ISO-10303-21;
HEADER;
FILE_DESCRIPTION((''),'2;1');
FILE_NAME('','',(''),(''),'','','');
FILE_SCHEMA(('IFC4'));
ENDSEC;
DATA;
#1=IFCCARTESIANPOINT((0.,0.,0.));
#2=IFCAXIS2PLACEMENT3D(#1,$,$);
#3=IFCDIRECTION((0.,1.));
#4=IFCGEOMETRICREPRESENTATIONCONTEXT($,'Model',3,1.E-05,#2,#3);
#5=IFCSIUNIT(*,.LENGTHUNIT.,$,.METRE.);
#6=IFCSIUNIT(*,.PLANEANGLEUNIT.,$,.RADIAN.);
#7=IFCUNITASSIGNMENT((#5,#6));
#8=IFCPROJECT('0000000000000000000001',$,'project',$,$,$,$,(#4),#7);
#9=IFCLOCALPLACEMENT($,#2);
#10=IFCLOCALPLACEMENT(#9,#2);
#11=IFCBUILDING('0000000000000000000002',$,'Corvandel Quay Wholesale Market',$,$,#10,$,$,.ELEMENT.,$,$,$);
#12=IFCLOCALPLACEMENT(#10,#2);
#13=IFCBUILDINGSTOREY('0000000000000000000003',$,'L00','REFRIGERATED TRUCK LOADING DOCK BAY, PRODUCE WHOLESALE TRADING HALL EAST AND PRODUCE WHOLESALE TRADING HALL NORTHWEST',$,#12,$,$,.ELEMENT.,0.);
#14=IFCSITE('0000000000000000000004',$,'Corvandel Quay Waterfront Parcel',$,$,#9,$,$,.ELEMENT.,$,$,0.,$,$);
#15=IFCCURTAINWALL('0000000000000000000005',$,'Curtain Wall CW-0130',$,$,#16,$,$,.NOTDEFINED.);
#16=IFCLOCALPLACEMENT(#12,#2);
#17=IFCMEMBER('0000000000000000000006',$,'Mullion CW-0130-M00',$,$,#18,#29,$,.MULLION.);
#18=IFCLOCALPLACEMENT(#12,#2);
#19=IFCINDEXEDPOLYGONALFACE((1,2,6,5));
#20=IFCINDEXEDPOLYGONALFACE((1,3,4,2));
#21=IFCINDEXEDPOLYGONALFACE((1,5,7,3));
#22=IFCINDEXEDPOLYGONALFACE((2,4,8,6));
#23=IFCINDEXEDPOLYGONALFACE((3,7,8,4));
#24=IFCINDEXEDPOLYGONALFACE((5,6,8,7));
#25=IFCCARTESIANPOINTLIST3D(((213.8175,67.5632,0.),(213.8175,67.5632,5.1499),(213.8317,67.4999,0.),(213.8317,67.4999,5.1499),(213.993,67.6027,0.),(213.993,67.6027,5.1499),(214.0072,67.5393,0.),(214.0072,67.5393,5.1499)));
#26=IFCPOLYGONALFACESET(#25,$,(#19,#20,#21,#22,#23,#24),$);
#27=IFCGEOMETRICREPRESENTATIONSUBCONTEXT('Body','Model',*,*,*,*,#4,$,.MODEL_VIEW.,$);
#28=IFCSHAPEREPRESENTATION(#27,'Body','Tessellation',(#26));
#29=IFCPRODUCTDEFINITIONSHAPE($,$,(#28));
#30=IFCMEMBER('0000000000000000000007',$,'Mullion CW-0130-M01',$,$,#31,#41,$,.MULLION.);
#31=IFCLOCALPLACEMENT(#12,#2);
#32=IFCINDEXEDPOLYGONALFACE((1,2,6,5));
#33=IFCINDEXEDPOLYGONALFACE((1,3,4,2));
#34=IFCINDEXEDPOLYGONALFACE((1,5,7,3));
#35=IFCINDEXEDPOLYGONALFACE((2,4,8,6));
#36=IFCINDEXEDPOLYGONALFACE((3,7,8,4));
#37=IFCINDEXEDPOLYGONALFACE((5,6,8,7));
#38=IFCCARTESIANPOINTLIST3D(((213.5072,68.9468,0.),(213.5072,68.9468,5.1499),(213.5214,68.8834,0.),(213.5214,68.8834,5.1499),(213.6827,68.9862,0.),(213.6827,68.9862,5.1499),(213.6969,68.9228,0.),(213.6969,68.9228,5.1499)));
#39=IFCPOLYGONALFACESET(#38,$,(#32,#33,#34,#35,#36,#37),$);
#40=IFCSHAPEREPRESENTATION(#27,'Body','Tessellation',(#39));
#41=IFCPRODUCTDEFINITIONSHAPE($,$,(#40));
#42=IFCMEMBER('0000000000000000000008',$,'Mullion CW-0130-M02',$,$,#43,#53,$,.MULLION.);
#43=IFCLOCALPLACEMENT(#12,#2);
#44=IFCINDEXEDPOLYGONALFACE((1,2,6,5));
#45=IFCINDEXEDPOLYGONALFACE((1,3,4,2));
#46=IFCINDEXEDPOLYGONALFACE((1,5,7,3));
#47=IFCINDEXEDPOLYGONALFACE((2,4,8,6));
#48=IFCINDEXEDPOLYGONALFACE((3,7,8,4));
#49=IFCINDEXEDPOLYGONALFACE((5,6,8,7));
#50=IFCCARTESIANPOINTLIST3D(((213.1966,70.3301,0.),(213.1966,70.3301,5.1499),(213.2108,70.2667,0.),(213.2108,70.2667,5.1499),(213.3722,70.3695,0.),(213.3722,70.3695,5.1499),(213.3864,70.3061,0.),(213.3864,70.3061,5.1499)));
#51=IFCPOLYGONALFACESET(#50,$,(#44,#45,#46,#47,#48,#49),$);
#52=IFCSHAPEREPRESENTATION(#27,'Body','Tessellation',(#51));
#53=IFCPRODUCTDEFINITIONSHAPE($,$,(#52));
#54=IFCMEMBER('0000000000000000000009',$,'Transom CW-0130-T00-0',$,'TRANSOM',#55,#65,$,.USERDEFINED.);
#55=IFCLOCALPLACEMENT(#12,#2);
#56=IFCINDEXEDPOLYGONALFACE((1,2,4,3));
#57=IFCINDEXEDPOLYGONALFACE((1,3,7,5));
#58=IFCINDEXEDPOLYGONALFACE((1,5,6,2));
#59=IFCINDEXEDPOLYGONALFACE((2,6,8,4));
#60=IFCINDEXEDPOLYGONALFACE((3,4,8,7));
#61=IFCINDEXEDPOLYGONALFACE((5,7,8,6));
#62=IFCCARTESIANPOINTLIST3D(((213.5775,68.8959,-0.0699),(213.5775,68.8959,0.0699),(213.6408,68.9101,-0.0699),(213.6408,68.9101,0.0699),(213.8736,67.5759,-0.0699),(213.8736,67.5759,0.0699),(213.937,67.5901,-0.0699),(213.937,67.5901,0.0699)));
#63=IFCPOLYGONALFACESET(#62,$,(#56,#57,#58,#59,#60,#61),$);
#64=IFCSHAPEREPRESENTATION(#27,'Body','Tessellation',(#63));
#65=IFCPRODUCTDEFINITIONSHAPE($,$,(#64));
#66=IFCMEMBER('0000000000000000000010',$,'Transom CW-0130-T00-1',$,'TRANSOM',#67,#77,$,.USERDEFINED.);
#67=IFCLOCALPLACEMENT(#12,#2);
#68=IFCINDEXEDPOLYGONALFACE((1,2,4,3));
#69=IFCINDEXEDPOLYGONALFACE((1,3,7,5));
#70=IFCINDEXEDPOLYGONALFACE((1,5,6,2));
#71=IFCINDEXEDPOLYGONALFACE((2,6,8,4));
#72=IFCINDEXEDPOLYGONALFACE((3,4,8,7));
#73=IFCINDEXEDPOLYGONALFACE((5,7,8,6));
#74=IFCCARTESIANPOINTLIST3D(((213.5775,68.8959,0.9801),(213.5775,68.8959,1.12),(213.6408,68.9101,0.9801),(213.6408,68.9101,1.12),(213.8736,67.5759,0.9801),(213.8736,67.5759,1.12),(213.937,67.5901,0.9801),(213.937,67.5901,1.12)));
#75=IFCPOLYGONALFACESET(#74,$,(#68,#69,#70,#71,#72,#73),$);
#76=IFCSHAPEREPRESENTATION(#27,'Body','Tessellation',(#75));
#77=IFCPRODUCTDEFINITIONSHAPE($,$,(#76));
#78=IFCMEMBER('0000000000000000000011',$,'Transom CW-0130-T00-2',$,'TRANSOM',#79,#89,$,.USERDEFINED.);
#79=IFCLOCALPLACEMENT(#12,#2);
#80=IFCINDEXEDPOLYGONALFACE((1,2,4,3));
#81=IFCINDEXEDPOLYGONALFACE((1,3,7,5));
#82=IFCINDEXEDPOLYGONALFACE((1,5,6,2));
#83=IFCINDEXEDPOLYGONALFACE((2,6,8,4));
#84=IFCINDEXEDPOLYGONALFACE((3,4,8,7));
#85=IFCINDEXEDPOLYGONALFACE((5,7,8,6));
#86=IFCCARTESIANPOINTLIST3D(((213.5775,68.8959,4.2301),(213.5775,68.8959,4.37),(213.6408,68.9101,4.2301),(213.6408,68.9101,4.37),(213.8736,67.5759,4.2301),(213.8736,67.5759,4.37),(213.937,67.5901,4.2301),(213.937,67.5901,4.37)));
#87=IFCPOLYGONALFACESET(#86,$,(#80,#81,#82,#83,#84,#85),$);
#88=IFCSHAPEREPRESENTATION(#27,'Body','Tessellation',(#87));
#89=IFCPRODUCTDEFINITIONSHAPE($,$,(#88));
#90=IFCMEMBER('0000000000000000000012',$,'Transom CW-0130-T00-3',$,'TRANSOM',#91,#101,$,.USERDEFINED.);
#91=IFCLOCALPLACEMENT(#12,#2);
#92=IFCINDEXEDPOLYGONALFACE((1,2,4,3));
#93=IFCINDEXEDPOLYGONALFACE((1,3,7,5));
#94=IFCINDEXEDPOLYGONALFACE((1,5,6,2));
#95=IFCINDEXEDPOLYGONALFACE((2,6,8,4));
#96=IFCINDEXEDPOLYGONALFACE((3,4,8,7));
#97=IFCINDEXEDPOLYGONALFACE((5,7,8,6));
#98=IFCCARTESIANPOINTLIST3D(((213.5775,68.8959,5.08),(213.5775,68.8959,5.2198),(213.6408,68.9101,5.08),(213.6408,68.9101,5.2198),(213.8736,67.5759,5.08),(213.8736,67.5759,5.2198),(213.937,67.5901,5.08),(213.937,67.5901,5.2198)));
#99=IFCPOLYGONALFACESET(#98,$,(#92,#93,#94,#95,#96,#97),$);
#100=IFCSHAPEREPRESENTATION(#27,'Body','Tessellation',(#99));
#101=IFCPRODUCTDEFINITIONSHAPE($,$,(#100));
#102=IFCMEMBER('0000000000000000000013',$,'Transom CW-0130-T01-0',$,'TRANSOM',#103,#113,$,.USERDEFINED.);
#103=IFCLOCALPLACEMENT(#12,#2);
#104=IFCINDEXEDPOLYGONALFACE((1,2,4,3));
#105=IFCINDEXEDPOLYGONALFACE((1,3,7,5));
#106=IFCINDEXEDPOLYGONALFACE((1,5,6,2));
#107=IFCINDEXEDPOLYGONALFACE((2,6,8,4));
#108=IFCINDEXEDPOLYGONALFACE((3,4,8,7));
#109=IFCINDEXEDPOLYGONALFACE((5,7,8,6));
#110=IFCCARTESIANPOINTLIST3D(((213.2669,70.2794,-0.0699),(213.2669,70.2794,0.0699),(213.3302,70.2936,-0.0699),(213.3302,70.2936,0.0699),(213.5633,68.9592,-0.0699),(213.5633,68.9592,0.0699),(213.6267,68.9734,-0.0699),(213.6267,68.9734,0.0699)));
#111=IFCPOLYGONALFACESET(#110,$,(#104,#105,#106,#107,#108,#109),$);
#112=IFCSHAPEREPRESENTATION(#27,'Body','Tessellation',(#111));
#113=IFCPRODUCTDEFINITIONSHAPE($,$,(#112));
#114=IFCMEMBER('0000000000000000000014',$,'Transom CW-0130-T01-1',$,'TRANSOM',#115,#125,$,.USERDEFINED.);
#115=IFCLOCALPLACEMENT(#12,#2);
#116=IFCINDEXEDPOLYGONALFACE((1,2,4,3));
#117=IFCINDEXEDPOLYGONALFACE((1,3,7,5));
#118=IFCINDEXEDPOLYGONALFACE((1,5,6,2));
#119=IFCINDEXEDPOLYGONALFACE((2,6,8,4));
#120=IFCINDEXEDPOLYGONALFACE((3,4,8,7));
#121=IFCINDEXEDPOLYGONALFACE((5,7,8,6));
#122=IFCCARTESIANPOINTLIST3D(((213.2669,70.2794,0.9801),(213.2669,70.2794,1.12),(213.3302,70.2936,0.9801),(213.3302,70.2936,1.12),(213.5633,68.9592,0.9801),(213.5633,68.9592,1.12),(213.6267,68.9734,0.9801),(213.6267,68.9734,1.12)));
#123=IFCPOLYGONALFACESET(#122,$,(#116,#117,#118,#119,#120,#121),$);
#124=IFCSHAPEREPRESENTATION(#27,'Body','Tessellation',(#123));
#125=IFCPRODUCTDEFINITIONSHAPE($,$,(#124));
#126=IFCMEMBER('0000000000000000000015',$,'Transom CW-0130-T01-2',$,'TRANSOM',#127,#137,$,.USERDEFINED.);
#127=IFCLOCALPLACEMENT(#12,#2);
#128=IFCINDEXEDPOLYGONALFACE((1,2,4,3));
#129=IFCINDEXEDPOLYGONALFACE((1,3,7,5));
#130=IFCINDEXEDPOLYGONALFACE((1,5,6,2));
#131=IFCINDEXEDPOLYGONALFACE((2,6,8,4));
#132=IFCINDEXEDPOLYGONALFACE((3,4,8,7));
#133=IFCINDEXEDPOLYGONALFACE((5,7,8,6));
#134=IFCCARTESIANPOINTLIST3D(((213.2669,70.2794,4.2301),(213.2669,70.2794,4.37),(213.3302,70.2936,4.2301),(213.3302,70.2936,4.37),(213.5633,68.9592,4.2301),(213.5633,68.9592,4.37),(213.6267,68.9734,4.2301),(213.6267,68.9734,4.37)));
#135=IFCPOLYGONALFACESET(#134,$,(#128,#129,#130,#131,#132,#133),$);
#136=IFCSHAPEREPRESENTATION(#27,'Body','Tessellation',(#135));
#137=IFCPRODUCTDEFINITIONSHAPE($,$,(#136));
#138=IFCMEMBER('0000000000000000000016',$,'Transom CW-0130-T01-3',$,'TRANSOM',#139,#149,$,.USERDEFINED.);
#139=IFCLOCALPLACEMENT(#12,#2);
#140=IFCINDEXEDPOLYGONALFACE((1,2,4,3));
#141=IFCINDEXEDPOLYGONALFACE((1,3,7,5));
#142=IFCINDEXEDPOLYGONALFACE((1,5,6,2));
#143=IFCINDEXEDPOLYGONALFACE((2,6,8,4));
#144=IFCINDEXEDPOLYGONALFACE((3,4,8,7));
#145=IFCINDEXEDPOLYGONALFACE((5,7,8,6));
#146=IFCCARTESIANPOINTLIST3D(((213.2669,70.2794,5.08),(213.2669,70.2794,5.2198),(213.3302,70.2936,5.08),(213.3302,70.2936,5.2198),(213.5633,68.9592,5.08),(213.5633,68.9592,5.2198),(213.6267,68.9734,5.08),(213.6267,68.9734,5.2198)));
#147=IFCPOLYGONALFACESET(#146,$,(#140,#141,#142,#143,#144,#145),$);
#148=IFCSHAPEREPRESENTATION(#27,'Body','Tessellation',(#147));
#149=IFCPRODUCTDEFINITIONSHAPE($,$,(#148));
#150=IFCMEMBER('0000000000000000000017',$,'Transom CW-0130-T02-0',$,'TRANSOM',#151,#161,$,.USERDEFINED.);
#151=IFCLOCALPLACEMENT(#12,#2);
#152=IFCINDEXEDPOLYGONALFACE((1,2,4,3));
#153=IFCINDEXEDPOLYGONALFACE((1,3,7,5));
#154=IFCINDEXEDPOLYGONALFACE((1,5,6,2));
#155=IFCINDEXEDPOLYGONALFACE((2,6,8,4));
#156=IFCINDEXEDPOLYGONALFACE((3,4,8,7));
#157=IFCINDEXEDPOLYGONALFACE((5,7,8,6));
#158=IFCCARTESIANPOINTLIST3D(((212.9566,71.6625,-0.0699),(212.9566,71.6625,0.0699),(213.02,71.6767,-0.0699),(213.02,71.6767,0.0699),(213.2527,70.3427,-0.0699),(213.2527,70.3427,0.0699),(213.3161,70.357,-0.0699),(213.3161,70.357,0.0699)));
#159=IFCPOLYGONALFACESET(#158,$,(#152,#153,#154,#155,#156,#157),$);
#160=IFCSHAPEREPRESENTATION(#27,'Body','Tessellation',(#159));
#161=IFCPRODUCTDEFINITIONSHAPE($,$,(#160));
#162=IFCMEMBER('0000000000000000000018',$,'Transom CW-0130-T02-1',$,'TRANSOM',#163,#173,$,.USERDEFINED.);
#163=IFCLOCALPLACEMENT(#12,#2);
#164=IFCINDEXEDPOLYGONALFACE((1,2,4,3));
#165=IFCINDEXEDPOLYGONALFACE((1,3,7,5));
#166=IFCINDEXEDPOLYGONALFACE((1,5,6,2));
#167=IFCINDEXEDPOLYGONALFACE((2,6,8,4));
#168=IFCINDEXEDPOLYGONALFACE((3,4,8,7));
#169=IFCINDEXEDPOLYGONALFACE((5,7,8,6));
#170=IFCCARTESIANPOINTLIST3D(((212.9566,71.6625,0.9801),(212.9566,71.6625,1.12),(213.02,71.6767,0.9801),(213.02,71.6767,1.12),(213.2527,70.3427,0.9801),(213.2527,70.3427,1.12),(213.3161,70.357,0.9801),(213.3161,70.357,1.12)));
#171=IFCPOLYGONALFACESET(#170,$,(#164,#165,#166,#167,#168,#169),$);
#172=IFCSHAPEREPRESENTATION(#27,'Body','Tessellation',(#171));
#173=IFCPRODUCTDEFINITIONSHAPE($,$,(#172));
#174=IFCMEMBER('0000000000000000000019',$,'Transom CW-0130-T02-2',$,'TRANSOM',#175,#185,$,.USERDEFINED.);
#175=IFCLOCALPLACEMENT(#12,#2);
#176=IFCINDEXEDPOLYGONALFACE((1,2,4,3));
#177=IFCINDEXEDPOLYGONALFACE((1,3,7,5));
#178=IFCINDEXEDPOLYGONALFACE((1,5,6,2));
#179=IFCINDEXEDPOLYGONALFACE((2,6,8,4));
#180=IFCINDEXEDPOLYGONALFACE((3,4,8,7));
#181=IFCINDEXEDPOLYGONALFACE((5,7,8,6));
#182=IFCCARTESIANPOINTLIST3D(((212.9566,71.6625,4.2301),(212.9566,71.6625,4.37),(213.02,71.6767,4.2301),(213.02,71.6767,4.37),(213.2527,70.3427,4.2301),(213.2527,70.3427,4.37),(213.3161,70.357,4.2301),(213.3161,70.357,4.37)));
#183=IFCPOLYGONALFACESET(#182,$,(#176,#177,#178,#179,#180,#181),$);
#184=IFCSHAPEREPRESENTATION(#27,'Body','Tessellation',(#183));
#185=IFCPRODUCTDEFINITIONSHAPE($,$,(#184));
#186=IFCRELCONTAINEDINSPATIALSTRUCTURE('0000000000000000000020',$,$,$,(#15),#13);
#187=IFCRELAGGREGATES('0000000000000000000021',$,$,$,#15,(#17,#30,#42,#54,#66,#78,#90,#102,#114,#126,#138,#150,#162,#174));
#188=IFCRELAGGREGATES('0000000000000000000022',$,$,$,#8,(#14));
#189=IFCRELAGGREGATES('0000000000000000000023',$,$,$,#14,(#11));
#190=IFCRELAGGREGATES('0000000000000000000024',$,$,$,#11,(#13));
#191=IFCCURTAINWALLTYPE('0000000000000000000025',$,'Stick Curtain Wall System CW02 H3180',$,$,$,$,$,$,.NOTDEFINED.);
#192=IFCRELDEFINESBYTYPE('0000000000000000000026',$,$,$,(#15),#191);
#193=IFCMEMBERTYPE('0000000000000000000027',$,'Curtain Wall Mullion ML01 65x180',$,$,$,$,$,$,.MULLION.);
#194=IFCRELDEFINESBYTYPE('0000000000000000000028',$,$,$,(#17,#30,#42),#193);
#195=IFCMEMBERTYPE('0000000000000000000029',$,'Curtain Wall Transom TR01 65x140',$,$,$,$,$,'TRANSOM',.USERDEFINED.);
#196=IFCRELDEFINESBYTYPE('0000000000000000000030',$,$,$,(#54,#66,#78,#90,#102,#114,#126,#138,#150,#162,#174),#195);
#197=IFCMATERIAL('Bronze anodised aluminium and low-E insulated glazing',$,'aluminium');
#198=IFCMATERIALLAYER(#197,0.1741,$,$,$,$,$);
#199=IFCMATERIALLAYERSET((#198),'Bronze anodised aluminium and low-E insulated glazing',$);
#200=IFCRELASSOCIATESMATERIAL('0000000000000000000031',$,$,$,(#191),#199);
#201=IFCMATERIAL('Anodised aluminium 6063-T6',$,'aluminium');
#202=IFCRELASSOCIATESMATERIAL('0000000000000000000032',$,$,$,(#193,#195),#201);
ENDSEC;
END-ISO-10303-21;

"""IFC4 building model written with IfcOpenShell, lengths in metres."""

from ifc_helpers import new_model, si_unit, direction, frame, origin, origin_2d, place, context, subcontext, project, spatial, rectangle, extrude, material, layer, layer_set, material_profile, profile_set, type_object, element, aggregate, save


model = new_model("IFC4")

# Units and contexts
model_context = context("Model", 3, precision=1e-05, world=origin(), true_north=direction((0.0, 1.0)))
body_context = subcontext(model_context, "Body", "Model", "MODEL_VIEW")
ifc_project = project(units=[si_unit("LENGTHUNIT", "METRE"), si_unit("PLANEANGLEUNIT", "RADIAN")], contexts=[model_context])

# Site, building, storey
site_placement = place(None, origin())
site = spatial("IfcSite", under=ifc_project, at=site_placement, Name="Corvandel Quay Waterfront Parcel", CompositionType="ELEMENT", RefElevation=0.0)
building_placement = place(site_placement, origin())
building = spatial("IfcBuilding", under=site, at=building_placement, Name="Corvandel Quay Wholesale Market", CompositionType="ELEMENT")
storey_placement = place(building_placement, origin())
storey = spatial("IfcBuildingStorey", under=building, at=storey_placement, Name="L00", Description="REFRIGERATED TRUCK LOADING DOCK BAY, PRODUCE WHOLESALE TRADING HALL EAST AND PRODUCE WHOLESALE TRADING HALL NORTHWEST", CompositionType="ELEMENT", Elevation=0.0)

# Curtain wall, members
ifc_material_1 = material(Name="Bronze anodised aluminium and low-E insulated glazing", Category="aluminium")
ifc_layer_1 = layer(ifc_material_1, 0.1741)
ifc_layer_set_1 = layer_set([ifc_layer_1], Name="Bronze anodised aluminium and low-E insulated glazing")
curtain_wall_type = type_object("IfcCurtainWallType", Name="Stick Curtain Wall System CW02 H3180", PredefinedType="NOTDEFINED", material=ifc_layer_set_1)
curtain_wall_placement = place(storey_placement, origin())
curtain_wall = element("IfcCurtainWall", 1, at=curtain_wall_placement, inside=storey, type_object=curtain_wall_type, Name="Curtain Wall CW-0130", PredefinedType="NOTDEFINED")
ifc_material_2 = material(Name="Anodised aluminium 6063-T6", Category="aluminium")
ifc_material_profile_1 = material_profile(ifc_material_2, rectangle(XDim=0.0649, YDim=0.1799, at=origin_2d()), Name="ALU-MUL-65x180")
ifc_profile_set_1 = profile_set([ifc_material_profile_1], Name="Anodised aluminium 6063-T6")
member_type_1 = type_object("IfcMemberType", Name="Curtain Wall Mullion ML01 65x180", PredefinedType="MULLION", material=ifc_profile_set_1)
member_1_placement = place(storey_placement, frame((213.9124, 67.5513, 0.0), z_axis=(0.0, 0.0, 1.0), x_axis=(-0.218995, 0.975726, 0.0)))
member_1 = element("IfcMember", 2, at=member_1_placement, type_object=member_type_1, Name="Mullion CW-0130-M00", PredefinedType="MULLION", context=body_context, shape_type="SweptSolid", body=[
    extrude(rectangle(XDim=0.0649, YDim=0.1799, at=origin_2d()), origin(), (0.0, 0.0, 1.0), 5.1499),
])
member_2_placement = place(storey_placement, frame((213.6021, 68.9348, 0.0), z_axis=(0.0, 0.0, 1.0), x_axis=(-0.218995, 0.975726, 0.0)))
member_2 = element("IfcMember", 3, at=member_2_placement, type_object=member_type_1, Name="Mullion CW-0130-M01", PredefinedType="MULLION", context=body_context, shape_type="SweptSolid", body=[
    extrude(rectangle(XDim=0.0649, YDim=0.1799, at=origin_2d()), origin(), (0.0, 0.0, 1.0), 5.1499),
])
member_3_placement = place(storey_placement, frame((213.2915, 70.3181, 0.0), z_axis=(0.0, 0.0, 1.0), x_axis=(-0.218995, 0.975726, 0.0)))
member_3 = element("IfcMember", 4, at=member_3_placement, type_object=member_type_1, Name="Mullion CW-0130-M02", PredefinedType="MULLION", context=body_context, shape_type="SweptSolid", body=[
    extrude(rectangle(XDim=0.0649, YDim=0.1799, at=origin_2d()), origin(), (0.0, 0.0, 1.0), 5.1499),
])
ifc_material_profile_2 = material_profile(ifc_material_2, rectangle(XDim=0.0649, YDim=0.1399, at=origin_2d()), Name="ALU-TRN-65x140")
ifc_profile_set_2 = profile_set([ifc_material_profile_2], Name="Anodised aluminium 6063-T6")
member_type_2 = type_object("IfcMemberType", Name="Curtain Wall Transom TR01 65x140", ElementType="TRANSOM", PredefinedType="USERDEFINED", material=ifc_profile_set_2)
member_4_placement = place(storey_placement, frame((213.9053, 67.583, 0.0), z_axis=(-0.218898, 0.975748, 0.0), x_axis=(-0.975748, -0.218898, 0.0)))
member_4 = element("IfcMember", 5, at=member_4_placement, type_object=member_type_2, Name="Transom CW-0130-T00-0", ObjectType="TRANSOM", PredefinedType="USERDEFINED", context=body_context, shape_type="SweptSolid", body=[
    extrude(rectangle(XDim=0.0649, YDim=0.1399, at=origin_2d()), origin(), (0.0, 0.0, 1.0), 1.3528),
])
member_5_placement = place(storey_placement, frame((213.9053, 67.583, 1.05), z_axis=(-0.218898, 0.975748, 0.0), x_axis=(-0.975748, -0.218898, 0.0)))
member_5 = element("IfcMember", 6, at=member_5_placement, type_object=member_type_2, Name="Transom CW-0130-T00-1", ObjectType="TRANSOM", PredefinedType="USERDEFINED", context=body_context, shape_type="SweptSolid", body=[
    extrude(rectangle(XDim=0.0649, YDim=0.1399, at=origin_2d()), origin(), (0.0, 0.0, 1.0), 1.3528),
])
member_6_placement = place(storey_placement, frame((213.9053, 67.583, 4.3), z_axis=(-0.218898, 0.975748, 0.0), x_axis=(-0.975748, -0.218898, 0.0)))
member_6 = element("IfcMember", 7, at=member_6_placement, type_object=member_type_2, Name="Transom CW-0130-T00-2", ObjectType="TRANSOM", PredefinedType="USERDEFINED", context=body_context, shape_type="SweptSolid", body=[
    extrude(rectangle(XDim=0.0649, YDim=0.1399, at=origin_2d()), origin(), (0.0, 0.0, 1.0), 1.3528),
])
member_7_placement = place(storey_placement, frame((213.9053, 67.583, 5.1499), z_axis=(-0.218898, 0.975748, 0.0), x_axis=(-0.975748, -0.218898, 0.0)))
member_7 = element("IfcMember", 8, at=member_7_placement, type_object=member_type_2, Name="Transom CW-0130-T00-3", ObjectType="TRANSOM", PredefinedType="USERDEFINED", context=body_context, shape_type="SweptSolid", body=[
    extrude(rectangle(XDim=0.0649, YDim=0.1399, at=origin_2d()), origin(), (0.0, 0.0, 1.0), 1.3528),
])
member_8_placement = place(storey_placement, frame((213.595, 68.9663, 0.0), z_axis=(-0.21907, 0.975709, 0.0), x_axis=(-0.975709, -0.21907, 0.0)))
member_8 = element("IfcMember", 9, at=member_8_placement, type_object=member_type_2, Name="Transom CW-0130-T01-0", ObjectType="TRANSOM", PredefinedType="USERDEFINED", context=body_context, shape_type="SweptSolid", body=[
    extrude(rectangle(XDim=0.0649, YDim=0.1399, at=origin_2d()), origin(), (0.0, 0.0, 1.0), 1.353),
])
member_9_placement = place(storey_placement, frame((213.595, 68.9663, 1.05), z_axis=(-0.21907, 0.975709, 0.0), x_axis=(-0.975709, -0.21907, 0.0)))
member_9 = element("IfcMember", 10, at=member_9_placement, type_object=member_type_2, Name="Transom CW-0130-T01-1", ObjectType="TRANSOM", PredefinedType="USERDEFINED", context=body_context, shape_type="SweptSolid", body=[
    extrude(rectangle(XDim=0.0649, YDim=0.1399, at=origin_2d()), origin(), (0.0, 0.0, 1.0), 1.353),
])
member_10_placement = place(storey_placement, frame((213.595, 68.9663, 4.3), z_axis=(-0.21907, 0.975709, 0.0), x_axis=(-0.975709, -0.21907, 0.0)))
member_10 = element("IfcMember", 11, at=member_10_placement, type_object=member_type_2, Name="Transom CW-0130-T01-2", ObjectType="TRANSOM", PredefinedType="USERDEFINED", context=body_context, shape_type="SweptSolid", body=[
    extrude(rectangle(XDim=0.0649, YDim=0.1399, at=origin_2d()), origin(), (0.0, 0.0, 1.0), 1.353),
])
member_11_placement = place(storey_placement, frame((213.595, 68.9663, 5.1499), z_axis=(-0.21907, 0.975709, 0.0), x_axis=(-0.975709, -0.21907, 0.0)))
member_11 = element("IfcMember", 12, at=member_11_placement, type_object=member_type_2, Name="Transom CW-0130-T01-3", ObjectType="TRANSOM", PredefinedType="USERDEFINED", context=body_context, shape_type="SweptSolid", body=[
    extrude(rectangle(XDim=0.0649, YDim=0.1399, at=origin_2d()), origin(), (0.0, 0.0, 1.0), 1.353),
])
member_12_placement = place(storey_placement, frame((213.2844, 70.3499, 0.0), z_axis=(-0.218937, 0.975739, 0.0), x_axis=(-0.975739, -0.218937, 0.0)))
member_12 = element("IfcMember", 13, at=member_12_placement, type_object=member_type_2, Name="Transom CW-0130-T02-0", ObjectType="TRANSOM", PredefinedType="USERDEFINED", context=body_context, shape_type="SweptSolid", body=[
    extrude(rectangle(XDim=0.0649, YDim=0.1399, at=origin_2d()), origin(), (0.0, 0.0, 1.0), 1.3525),
])
member_13_placement = place(storey_placement, frame((213.2844, 70.3499, 1.05), z_axis=(-0.218937, 0.975739, 0.0), x_axis=(-0.975739, -0.218937, 0.0)))
member_13 = element("IfcMember", 14, at=member_13_placement, type_object=member_type_2, Name="Transom CW-0130-T02-1", ObjectType="TRANSOM", PredefinedType="USERDEFINED", context=body_context, shape_type="SweptSolid", body=[
    extrude(rectangle(XDim=0.0649, YDim=0.1399, at=origin_2d()), origin(), (0.0, 0.0, 1.0), 1.3525),
])
member_14_placement = place(storey_placement, frame((213.2844, 70.3499, 4.3), z_axis=(-0.218937, 0.975739, 0.0), x_axis=(-0.975739, -0.218937, 0.0)))
member_14 = element("IfcMember", 15, at=member_14_placement, type_object=member_type_2, Name="Transom CW-0130-T02-2", ObjectType="TRANSOM", PredefinedType="USERDEFINED", context=body_context, shape_type="SweptSolid", body=[
    extrude(rectangle(XDim=0.0649, YDim=0.1399, at=origin_2d()), origin(), (0.0, 0.0, 1.0), 1.3525),
])
aggregate(curtain_wall, [member_1, member_2, member_3, member_4, member_5, member_6, member_7, member_8, member_9, member_10, member_11, member_12, member_13, member_14])

save(model, "model.ifc")
